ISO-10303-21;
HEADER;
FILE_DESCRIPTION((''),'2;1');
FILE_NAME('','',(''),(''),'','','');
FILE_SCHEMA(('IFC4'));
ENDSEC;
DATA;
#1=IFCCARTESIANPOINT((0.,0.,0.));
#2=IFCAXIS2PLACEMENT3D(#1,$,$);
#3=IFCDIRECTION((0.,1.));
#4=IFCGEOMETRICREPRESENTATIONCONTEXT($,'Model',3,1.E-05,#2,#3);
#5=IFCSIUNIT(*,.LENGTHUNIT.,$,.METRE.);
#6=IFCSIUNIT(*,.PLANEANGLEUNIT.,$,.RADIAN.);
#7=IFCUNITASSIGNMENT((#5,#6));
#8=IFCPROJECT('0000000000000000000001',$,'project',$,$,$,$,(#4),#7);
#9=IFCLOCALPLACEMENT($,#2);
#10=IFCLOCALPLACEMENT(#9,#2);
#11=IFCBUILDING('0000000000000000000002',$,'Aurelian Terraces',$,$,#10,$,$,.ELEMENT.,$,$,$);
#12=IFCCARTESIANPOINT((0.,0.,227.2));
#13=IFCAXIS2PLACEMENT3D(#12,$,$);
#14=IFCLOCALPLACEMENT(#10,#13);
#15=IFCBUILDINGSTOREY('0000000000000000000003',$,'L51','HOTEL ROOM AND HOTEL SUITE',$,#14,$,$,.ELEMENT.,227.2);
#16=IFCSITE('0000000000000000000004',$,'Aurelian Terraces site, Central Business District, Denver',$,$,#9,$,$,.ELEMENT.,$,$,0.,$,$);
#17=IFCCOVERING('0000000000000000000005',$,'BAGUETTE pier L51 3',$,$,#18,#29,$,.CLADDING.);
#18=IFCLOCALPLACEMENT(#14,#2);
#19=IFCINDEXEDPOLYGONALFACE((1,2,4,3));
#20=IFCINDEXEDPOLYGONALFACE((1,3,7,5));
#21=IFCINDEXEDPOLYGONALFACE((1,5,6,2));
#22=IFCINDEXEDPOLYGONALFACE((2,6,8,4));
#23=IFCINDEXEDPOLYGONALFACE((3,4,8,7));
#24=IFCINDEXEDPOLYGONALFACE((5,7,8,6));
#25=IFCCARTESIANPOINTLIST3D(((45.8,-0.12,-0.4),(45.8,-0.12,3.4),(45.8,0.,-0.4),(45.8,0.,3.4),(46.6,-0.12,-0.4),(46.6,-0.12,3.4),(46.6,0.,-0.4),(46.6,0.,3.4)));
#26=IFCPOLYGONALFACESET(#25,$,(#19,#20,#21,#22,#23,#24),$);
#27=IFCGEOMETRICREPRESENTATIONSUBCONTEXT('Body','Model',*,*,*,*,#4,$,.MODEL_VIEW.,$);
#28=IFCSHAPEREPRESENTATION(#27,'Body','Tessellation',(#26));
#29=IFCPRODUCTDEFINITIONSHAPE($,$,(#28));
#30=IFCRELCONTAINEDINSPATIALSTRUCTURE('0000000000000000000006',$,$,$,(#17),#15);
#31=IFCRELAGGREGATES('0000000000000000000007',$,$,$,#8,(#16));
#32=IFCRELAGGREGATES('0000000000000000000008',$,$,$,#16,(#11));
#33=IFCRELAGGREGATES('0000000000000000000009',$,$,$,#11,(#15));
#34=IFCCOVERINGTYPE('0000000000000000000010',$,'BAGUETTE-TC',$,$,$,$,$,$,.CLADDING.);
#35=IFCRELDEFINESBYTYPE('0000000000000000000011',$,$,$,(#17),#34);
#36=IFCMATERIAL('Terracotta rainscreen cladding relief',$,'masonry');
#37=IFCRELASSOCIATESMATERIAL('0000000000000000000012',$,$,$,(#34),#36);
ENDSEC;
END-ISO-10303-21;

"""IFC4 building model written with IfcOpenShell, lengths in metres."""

from ifc_helpers import new_model, si_unit, direction, frame, origin, origin_2d, place, context, subcontext, project, spatial, rectangle, extrude, source, transform, mapped, material, type_object, element, save


model = new_model("IFC4")

# Units and contexts
model_context = context("Model", 3, precision=1e-05, world=origin(), true_north=direction((0.0, 1.0)))
body_context = subcontext(model_context, "Body", "Model", "MODEL_VIEW")
ifc_project = project(units=[si_unit("LENGTHUNIT", "METRE"), si_unit("PLANEANGLEUNIT", "RADIAN")], contexts=[model_context])

# Site, building, storey
site_placement = place(None, origin())
site = spatial("IfcSite", under=ifc_project, at=site_placement, Name="Aurelian Terraces site, Central Business District, Denver", CompositionType="ELEMENT", RefElevation=0.0)
building_placement = place(site_placement, origin())
building = spatial("IfcBuilding", under=site, at=building_placement, Name="Aurelian Terraces", CompositionType="ELEMENT")
storey_placement = place(building_placement, frame((0.0, 0.0, 227.2)))
storey = spatial("IfcBuildingStorey", under=building, at=storey_placement, Name="L51", Description="HOTEL ROOM AND HOTEL SUITE", CompositionType="ELEMENT", Elevation=227.2)

# Covering
ifc_material_1 = material(Name="Terracotta rainscreen cladding relief", Category="masonry")
covering_type = type_object("IfcCoveringType", Name="BAGUETTE-TC", PredefinedType="CLADDING", material=ifc_material_1)
shared_shape_1 = source(origin(), body_context, "Body", "SweptSolid", [
    extrude(rectangle(XDim=0.8, YDim=0.12, at=origin_2d()), origin(), (0.0, 0.0, 1.0), 3.8),
])
covering_placement = place(storey_placement, frame((46.2, -0.06, -0.4), z_axis=(0.0, 0.0, 1.0), x_axis=(1.0, 0.0, 0.0)))
element("IfcCovering", 1, at=covering_placement, inside=storey, type_object=covering_type, Name="BAGUETTE pier L51 3", PredefinedType="CLADDING", context=body_context, shape_type="MappedRepresentation", body=[
    mapped(shared_shape_1, transform((0.0, 0.0, 0.0), scale=1.0)),
])

save(model, "model.ifc")
